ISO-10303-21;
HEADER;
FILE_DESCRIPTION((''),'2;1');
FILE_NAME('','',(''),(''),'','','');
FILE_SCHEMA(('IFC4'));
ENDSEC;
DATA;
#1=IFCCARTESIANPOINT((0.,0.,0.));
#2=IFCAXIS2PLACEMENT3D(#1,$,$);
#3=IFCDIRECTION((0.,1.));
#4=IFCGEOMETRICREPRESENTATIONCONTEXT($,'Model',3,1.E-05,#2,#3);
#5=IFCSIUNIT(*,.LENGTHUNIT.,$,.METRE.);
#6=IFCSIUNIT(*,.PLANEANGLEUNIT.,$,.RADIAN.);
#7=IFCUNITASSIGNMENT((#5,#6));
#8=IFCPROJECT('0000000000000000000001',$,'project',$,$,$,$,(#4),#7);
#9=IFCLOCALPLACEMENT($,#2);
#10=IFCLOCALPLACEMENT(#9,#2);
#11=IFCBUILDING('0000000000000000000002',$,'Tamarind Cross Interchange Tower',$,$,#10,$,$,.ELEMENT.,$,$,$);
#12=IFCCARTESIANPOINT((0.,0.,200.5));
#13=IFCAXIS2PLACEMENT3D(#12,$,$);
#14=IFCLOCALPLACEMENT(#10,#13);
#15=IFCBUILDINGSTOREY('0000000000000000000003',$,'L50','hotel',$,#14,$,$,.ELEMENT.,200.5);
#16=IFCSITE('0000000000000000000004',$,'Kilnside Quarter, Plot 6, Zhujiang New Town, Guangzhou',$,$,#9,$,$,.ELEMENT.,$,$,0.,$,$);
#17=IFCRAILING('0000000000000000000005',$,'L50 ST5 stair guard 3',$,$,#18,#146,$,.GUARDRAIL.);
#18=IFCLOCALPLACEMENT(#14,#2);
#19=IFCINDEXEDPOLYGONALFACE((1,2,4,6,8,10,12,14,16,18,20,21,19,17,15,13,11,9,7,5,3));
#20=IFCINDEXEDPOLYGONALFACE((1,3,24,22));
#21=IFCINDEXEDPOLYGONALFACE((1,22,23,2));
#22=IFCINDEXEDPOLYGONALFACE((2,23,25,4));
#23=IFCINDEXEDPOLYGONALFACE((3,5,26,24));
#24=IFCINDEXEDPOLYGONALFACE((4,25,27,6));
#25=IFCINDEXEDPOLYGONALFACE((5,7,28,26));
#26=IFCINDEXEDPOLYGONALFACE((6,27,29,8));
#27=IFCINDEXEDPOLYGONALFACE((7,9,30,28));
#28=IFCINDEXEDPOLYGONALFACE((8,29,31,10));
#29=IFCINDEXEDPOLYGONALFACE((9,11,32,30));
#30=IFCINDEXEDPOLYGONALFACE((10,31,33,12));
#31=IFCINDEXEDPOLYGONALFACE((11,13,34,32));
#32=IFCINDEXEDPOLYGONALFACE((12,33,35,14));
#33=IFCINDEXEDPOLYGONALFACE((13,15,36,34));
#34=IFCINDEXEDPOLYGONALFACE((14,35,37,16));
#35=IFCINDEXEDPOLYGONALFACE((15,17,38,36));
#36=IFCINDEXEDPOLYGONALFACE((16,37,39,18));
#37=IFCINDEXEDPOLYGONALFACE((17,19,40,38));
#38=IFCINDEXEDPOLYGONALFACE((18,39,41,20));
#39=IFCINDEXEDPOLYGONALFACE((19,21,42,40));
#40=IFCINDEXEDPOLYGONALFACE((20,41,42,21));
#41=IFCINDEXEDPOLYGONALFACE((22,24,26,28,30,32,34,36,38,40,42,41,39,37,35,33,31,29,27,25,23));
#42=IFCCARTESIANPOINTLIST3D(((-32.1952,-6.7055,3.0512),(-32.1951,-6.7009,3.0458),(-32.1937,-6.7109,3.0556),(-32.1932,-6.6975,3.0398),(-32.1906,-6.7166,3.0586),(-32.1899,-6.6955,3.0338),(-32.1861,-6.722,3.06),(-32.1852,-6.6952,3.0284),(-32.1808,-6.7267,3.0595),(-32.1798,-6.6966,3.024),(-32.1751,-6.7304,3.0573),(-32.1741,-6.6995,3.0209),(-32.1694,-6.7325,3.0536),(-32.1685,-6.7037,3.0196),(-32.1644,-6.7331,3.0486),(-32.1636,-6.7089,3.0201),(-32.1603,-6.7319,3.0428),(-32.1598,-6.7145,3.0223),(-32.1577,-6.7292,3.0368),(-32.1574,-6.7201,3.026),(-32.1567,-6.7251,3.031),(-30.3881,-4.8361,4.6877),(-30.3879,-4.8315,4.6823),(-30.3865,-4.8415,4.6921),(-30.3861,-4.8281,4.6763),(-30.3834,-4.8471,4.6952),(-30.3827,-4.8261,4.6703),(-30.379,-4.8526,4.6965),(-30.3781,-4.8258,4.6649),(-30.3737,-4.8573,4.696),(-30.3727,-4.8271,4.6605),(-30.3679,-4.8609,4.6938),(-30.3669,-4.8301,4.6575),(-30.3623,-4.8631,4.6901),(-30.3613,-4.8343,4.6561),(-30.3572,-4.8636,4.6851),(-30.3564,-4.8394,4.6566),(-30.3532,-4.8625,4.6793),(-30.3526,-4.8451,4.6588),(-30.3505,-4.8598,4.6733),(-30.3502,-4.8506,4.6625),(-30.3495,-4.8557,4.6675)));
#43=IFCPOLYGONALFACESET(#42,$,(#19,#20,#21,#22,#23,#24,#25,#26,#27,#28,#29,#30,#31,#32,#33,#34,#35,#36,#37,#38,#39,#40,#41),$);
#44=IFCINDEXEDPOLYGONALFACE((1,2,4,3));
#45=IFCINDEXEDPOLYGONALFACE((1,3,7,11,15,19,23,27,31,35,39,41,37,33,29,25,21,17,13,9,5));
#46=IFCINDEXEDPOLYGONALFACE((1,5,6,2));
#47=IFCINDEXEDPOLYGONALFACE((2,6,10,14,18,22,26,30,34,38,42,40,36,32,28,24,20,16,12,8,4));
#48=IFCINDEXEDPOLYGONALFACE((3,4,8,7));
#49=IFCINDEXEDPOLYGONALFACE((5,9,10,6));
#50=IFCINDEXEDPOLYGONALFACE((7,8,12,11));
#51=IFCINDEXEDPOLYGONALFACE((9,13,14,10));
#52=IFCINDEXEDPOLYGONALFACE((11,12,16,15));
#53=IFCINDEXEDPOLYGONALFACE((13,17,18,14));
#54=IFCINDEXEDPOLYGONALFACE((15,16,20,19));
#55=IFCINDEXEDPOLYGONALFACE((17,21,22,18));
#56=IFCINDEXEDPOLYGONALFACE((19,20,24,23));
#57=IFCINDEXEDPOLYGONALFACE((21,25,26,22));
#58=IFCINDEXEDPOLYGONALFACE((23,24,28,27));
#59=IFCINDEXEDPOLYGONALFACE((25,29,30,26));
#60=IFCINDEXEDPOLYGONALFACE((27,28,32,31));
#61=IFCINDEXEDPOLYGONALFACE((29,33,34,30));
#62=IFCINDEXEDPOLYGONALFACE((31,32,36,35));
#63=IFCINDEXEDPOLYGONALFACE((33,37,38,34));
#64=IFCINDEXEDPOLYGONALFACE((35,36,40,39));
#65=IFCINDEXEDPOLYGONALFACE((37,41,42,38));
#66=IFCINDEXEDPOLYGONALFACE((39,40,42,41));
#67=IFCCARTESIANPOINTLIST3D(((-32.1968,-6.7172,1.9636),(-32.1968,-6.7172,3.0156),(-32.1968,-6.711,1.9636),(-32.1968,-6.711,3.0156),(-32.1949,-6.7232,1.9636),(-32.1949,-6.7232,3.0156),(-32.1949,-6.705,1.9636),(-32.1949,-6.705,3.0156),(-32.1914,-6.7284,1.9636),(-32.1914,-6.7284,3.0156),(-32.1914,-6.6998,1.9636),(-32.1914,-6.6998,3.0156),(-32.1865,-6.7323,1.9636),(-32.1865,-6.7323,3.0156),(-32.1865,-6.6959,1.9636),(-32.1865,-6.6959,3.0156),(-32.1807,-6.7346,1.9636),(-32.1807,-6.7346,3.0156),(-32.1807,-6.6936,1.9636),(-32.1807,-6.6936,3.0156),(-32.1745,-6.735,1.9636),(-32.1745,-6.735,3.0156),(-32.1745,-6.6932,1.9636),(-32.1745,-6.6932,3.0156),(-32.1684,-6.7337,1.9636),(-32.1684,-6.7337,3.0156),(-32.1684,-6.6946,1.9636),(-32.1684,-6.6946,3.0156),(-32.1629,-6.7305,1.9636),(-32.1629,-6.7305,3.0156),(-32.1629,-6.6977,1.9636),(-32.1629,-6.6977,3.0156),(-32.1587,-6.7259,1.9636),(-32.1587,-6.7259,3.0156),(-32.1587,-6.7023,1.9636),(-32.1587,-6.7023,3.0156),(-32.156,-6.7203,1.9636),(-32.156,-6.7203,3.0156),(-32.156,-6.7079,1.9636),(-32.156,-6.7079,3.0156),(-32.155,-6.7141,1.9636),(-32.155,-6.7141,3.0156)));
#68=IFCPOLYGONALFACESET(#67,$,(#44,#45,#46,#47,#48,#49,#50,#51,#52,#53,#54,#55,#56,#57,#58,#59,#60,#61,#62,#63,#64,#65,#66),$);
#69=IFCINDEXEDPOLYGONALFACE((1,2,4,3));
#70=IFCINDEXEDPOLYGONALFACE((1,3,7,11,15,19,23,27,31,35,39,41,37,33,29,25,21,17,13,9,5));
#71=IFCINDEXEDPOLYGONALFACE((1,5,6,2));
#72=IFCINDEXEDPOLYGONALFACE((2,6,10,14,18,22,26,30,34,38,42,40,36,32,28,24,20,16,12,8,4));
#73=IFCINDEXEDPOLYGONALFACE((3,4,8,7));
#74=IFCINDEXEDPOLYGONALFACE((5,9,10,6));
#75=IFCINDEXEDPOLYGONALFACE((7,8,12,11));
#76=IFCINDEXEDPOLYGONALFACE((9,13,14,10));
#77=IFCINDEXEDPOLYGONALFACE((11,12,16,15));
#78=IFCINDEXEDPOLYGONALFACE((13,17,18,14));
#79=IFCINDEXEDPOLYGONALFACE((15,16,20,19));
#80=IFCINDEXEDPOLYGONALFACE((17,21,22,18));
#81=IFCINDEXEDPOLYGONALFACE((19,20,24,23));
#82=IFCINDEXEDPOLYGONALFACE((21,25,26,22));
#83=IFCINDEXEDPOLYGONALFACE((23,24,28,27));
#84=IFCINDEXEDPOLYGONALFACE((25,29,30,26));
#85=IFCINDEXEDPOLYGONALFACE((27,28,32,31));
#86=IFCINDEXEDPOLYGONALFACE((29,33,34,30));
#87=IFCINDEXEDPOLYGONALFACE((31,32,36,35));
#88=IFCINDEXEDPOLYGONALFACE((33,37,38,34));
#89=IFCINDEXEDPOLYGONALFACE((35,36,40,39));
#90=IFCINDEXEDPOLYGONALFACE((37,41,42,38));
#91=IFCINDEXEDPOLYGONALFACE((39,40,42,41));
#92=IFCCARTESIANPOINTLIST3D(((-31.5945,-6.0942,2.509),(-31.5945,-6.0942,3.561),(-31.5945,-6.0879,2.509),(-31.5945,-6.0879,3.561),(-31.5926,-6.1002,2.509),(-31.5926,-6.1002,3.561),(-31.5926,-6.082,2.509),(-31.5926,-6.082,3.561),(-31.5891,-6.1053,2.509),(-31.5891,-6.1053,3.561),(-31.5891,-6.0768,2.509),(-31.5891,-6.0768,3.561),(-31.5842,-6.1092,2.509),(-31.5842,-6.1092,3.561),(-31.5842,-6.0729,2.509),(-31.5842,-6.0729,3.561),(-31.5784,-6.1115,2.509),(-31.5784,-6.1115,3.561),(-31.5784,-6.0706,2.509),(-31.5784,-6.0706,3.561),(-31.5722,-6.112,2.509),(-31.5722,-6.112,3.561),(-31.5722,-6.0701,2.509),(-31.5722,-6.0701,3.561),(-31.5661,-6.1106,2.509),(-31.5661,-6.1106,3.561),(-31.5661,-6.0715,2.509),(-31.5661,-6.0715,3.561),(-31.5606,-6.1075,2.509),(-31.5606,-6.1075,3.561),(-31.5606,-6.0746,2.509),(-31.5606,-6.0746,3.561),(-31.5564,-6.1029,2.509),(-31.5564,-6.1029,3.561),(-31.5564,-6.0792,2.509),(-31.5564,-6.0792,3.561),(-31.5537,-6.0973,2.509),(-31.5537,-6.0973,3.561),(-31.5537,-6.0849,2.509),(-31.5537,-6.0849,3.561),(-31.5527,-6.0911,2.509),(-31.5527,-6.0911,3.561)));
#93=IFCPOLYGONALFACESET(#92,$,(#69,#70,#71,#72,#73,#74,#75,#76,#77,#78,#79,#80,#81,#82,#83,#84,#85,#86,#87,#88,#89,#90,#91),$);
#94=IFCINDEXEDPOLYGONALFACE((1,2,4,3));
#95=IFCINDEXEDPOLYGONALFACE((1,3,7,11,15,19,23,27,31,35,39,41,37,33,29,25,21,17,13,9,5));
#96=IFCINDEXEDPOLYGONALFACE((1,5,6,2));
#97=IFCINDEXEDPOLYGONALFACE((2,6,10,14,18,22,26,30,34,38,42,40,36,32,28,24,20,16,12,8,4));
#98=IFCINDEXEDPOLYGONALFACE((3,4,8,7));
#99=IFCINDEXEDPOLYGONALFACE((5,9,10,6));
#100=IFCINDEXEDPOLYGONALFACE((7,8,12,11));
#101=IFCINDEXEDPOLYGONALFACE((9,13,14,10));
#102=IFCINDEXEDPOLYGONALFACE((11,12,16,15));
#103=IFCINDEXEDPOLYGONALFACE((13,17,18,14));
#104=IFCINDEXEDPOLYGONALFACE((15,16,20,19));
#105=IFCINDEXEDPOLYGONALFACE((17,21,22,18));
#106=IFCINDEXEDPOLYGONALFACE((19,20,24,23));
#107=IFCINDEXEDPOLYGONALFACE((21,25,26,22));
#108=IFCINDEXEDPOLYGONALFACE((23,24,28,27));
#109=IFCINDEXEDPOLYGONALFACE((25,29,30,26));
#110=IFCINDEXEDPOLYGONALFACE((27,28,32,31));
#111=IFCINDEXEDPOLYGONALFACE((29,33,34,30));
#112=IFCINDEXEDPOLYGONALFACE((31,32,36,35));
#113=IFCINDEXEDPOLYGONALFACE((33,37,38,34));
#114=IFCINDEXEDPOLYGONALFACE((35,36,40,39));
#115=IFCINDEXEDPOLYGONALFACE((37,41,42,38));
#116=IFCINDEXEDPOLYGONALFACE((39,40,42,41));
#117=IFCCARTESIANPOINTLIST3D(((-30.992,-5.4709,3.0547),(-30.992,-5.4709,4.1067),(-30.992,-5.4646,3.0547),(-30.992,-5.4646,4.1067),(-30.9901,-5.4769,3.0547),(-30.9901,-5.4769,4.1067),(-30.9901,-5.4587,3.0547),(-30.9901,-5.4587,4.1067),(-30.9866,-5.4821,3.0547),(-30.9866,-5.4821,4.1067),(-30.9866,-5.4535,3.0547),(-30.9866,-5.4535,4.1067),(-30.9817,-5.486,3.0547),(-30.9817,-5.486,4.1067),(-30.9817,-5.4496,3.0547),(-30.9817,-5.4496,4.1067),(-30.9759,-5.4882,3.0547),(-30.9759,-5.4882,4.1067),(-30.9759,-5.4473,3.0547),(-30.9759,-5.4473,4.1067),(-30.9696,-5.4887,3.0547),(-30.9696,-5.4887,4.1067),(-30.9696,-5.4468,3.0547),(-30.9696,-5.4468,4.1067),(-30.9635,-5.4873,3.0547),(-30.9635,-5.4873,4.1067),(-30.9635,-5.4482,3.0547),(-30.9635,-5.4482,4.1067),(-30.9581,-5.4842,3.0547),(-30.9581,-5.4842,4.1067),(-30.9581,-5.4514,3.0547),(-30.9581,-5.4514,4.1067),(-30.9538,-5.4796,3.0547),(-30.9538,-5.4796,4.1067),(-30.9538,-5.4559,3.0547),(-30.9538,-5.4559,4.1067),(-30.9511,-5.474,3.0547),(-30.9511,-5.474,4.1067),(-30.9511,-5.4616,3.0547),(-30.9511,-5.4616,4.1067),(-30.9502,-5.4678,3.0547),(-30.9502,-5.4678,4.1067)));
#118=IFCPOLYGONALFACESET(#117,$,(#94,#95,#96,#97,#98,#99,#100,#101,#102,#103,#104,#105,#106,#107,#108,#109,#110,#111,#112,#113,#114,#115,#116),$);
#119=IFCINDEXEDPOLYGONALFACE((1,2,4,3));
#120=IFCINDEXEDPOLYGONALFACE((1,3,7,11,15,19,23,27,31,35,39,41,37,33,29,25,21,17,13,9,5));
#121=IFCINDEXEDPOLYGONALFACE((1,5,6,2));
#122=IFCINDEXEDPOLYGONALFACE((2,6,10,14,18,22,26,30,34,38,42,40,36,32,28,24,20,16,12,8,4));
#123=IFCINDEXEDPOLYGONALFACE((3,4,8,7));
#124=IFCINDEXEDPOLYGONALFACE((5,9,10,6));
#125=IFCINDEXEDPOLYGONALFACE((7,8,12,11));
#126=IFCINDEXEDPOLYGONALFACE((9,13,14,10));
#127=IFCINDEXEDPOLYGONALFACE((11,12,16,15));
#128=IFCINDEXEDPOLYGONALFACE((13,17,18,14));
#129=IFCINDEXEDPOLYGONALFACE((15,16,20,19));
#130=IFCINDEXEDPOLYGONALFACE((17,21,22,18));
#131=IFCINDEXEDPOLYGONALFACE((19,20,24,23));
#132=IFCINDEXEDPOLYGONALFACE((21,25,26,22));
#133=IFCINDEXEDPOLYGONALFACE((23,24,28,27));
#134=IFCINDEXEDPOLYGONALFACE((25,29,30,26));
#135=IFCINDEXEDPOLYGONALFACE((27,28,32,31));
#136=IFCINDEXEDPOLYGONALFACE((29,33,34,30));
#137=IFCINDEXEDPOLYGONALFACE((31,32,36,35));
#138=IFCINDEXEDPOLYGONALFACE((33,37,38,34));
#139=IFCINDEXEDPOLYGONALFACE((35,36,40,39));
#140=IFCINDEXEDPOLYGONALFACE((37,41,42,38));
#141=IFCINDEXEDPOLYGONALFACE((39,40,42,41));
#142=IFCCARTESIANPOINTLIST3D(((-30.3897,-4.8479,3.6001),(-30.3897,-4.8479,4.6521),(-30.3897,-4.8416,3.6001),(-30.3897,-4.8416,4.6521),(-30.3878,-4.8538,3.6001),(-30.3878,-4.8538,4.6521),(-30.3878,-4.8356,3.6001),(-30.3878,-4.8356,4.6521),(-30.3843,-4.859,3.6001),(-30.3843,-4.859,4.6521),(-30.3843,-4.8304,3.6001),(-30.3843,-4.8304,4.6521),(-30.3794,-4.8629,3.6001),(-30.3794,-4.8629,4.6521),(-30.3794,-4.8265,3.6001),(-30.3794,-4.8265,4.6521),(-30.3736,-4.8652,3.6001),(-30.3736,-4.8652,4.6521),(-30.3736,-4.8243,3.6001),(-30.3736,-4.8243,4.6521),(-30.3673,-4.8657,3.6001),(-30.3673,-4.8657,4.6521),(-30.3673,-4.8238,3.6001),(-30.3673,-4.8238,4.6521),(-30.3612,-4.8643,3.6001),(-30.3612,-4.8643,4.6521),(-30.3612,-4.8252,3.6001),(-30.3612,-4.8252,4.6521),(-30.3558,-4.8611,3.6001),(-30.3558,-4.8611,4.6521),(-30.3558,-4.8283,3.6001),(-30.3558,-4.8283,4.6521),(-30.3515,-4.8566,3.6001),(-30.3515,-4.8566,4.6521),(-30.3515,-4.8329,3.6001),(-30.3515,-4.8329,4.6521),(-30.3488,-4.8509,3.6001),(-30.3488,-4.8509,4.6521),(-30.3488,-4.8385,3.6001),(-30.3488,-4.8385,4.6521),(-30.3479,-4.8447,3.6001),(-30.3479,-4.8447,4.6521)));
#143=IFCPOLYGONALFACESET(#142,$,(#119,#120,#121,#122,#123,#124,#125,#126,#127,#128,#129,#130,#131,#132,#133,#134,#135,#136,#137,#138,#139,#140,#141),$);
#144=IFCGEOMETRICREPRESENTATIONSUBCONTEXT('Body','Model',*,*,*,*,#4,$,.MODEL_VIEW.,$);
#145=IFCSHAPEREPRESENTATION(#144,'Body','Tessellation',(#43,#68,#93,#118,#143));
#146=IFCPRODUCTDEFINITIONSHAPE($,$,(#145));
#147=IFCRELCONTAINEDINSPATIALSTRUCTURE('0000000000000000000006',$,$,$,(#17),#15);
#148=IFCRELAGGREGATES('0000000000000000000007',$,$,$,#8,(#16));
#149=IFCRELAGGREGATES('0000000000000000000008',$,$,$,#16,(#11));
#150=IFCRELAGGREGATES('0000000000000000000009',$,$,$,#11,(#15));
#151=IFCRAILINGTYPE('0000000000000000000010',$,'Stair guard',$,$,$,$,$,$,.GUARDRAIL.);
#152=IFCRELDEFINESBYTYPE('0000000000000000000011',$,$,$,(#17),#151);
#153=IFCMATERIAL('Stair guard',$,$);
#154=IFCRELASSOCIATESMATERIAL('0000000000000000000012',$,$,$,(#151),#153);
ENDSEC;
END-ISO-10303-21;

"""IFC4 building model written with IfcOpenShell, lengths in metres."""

from ifc_helpers import new_model, si_unit, direction, frame, origin, origin_2d, place, context, subcontext, project, spatial, circle, extrude, material, type_object, element, save


model = new_model("IFC4")

# Units and contexts
model_context = context("Model", 3, precision=1e-05, world=origin(), true_north=direction((0.0, 1.0)))
body_context = subcontext(model_context, "Body", "Model", "MODEL_VIEW")
ifc_project = project(units=[si_unit("LENGTHUNIT", "METRE"), si_unit("PLANEANGLEUNIT", "RADIAN")], contexts=[model_context])

# Site, building, storey
site_placement = place(None, origin())
site = spatial("IfcSite", under=ifc_project, at=site_placement, Name="Kilnside Quarter, Plot 6, Zhujiang New Town, Guangzhou", CompositionType="ELEMENT", RefElevation=0.0)
building_placement = place(site_placement, origin())
building = spatial("IfcBuilding", under=site, at=building_placement, Name="Tamarind Cross Interchange Tower", CompositionType="ELEMENT")
storey_placement = place(building_placement, frame((0.0, 0.0, 200.5)))
storey = spatial("IfcBuildingStorey", under=building, at=storey_placement, Name="L50", Description="hotel", CompositionType="ELEMENT", Elevation=200.5)

# Railing
ifc_material_1 = material(Name="Stair guard")
railing_type_1 = type_object("IfcRailingType", Name="Stair guard", PredefinedType="GUARDRAIL", material=ifc_material_1)
railing_1_placement = place(storey_placement, frame((-32.176, -6.7141, 1.9636)))
element("IfcRailing", 1, at=railing_1_placement, inside=storey, type_object=railing_type_1, Name="L50 ST5 stair guard 3", PredefinedType="GUARDRAIL", context=body_context, shape_type="SweptSolid", body=[
    extrude(circle(Radius=0.0239, at=origin_2d()), frame((0.0, 0.0, 1.0762), z_axis=(0.588221, 0.608486, 0.532673), x_axis=(-0.718977, 0.695033, 0.0)), (0.0, 0.0, 1.0), 3.0723),
    extrude(circle(Radius=0.021, at=origin_2d()), origin(), (0.0, 0.0, 1.0), 1.052),
    extrude(circle(Radius=0.021, at=origin_2d()), frame((0.6023, 0.623, 0.5454)), (0.0, 0.0, 1.0), 1.052),
    extrude(circle(Radius=0.021, at=origin_2d()), frame((1.2048, 1.2463, 1.0911)), (0.0, 0.0, 1.0), 1.052),
    extrude(circle(Radius=0.021, at=origin_2d()), frame((1.8071, 1.8694, 1.6365)), (0.0, 0.0, 1.0), 1.052),
])

save(model, "model.ifc")
